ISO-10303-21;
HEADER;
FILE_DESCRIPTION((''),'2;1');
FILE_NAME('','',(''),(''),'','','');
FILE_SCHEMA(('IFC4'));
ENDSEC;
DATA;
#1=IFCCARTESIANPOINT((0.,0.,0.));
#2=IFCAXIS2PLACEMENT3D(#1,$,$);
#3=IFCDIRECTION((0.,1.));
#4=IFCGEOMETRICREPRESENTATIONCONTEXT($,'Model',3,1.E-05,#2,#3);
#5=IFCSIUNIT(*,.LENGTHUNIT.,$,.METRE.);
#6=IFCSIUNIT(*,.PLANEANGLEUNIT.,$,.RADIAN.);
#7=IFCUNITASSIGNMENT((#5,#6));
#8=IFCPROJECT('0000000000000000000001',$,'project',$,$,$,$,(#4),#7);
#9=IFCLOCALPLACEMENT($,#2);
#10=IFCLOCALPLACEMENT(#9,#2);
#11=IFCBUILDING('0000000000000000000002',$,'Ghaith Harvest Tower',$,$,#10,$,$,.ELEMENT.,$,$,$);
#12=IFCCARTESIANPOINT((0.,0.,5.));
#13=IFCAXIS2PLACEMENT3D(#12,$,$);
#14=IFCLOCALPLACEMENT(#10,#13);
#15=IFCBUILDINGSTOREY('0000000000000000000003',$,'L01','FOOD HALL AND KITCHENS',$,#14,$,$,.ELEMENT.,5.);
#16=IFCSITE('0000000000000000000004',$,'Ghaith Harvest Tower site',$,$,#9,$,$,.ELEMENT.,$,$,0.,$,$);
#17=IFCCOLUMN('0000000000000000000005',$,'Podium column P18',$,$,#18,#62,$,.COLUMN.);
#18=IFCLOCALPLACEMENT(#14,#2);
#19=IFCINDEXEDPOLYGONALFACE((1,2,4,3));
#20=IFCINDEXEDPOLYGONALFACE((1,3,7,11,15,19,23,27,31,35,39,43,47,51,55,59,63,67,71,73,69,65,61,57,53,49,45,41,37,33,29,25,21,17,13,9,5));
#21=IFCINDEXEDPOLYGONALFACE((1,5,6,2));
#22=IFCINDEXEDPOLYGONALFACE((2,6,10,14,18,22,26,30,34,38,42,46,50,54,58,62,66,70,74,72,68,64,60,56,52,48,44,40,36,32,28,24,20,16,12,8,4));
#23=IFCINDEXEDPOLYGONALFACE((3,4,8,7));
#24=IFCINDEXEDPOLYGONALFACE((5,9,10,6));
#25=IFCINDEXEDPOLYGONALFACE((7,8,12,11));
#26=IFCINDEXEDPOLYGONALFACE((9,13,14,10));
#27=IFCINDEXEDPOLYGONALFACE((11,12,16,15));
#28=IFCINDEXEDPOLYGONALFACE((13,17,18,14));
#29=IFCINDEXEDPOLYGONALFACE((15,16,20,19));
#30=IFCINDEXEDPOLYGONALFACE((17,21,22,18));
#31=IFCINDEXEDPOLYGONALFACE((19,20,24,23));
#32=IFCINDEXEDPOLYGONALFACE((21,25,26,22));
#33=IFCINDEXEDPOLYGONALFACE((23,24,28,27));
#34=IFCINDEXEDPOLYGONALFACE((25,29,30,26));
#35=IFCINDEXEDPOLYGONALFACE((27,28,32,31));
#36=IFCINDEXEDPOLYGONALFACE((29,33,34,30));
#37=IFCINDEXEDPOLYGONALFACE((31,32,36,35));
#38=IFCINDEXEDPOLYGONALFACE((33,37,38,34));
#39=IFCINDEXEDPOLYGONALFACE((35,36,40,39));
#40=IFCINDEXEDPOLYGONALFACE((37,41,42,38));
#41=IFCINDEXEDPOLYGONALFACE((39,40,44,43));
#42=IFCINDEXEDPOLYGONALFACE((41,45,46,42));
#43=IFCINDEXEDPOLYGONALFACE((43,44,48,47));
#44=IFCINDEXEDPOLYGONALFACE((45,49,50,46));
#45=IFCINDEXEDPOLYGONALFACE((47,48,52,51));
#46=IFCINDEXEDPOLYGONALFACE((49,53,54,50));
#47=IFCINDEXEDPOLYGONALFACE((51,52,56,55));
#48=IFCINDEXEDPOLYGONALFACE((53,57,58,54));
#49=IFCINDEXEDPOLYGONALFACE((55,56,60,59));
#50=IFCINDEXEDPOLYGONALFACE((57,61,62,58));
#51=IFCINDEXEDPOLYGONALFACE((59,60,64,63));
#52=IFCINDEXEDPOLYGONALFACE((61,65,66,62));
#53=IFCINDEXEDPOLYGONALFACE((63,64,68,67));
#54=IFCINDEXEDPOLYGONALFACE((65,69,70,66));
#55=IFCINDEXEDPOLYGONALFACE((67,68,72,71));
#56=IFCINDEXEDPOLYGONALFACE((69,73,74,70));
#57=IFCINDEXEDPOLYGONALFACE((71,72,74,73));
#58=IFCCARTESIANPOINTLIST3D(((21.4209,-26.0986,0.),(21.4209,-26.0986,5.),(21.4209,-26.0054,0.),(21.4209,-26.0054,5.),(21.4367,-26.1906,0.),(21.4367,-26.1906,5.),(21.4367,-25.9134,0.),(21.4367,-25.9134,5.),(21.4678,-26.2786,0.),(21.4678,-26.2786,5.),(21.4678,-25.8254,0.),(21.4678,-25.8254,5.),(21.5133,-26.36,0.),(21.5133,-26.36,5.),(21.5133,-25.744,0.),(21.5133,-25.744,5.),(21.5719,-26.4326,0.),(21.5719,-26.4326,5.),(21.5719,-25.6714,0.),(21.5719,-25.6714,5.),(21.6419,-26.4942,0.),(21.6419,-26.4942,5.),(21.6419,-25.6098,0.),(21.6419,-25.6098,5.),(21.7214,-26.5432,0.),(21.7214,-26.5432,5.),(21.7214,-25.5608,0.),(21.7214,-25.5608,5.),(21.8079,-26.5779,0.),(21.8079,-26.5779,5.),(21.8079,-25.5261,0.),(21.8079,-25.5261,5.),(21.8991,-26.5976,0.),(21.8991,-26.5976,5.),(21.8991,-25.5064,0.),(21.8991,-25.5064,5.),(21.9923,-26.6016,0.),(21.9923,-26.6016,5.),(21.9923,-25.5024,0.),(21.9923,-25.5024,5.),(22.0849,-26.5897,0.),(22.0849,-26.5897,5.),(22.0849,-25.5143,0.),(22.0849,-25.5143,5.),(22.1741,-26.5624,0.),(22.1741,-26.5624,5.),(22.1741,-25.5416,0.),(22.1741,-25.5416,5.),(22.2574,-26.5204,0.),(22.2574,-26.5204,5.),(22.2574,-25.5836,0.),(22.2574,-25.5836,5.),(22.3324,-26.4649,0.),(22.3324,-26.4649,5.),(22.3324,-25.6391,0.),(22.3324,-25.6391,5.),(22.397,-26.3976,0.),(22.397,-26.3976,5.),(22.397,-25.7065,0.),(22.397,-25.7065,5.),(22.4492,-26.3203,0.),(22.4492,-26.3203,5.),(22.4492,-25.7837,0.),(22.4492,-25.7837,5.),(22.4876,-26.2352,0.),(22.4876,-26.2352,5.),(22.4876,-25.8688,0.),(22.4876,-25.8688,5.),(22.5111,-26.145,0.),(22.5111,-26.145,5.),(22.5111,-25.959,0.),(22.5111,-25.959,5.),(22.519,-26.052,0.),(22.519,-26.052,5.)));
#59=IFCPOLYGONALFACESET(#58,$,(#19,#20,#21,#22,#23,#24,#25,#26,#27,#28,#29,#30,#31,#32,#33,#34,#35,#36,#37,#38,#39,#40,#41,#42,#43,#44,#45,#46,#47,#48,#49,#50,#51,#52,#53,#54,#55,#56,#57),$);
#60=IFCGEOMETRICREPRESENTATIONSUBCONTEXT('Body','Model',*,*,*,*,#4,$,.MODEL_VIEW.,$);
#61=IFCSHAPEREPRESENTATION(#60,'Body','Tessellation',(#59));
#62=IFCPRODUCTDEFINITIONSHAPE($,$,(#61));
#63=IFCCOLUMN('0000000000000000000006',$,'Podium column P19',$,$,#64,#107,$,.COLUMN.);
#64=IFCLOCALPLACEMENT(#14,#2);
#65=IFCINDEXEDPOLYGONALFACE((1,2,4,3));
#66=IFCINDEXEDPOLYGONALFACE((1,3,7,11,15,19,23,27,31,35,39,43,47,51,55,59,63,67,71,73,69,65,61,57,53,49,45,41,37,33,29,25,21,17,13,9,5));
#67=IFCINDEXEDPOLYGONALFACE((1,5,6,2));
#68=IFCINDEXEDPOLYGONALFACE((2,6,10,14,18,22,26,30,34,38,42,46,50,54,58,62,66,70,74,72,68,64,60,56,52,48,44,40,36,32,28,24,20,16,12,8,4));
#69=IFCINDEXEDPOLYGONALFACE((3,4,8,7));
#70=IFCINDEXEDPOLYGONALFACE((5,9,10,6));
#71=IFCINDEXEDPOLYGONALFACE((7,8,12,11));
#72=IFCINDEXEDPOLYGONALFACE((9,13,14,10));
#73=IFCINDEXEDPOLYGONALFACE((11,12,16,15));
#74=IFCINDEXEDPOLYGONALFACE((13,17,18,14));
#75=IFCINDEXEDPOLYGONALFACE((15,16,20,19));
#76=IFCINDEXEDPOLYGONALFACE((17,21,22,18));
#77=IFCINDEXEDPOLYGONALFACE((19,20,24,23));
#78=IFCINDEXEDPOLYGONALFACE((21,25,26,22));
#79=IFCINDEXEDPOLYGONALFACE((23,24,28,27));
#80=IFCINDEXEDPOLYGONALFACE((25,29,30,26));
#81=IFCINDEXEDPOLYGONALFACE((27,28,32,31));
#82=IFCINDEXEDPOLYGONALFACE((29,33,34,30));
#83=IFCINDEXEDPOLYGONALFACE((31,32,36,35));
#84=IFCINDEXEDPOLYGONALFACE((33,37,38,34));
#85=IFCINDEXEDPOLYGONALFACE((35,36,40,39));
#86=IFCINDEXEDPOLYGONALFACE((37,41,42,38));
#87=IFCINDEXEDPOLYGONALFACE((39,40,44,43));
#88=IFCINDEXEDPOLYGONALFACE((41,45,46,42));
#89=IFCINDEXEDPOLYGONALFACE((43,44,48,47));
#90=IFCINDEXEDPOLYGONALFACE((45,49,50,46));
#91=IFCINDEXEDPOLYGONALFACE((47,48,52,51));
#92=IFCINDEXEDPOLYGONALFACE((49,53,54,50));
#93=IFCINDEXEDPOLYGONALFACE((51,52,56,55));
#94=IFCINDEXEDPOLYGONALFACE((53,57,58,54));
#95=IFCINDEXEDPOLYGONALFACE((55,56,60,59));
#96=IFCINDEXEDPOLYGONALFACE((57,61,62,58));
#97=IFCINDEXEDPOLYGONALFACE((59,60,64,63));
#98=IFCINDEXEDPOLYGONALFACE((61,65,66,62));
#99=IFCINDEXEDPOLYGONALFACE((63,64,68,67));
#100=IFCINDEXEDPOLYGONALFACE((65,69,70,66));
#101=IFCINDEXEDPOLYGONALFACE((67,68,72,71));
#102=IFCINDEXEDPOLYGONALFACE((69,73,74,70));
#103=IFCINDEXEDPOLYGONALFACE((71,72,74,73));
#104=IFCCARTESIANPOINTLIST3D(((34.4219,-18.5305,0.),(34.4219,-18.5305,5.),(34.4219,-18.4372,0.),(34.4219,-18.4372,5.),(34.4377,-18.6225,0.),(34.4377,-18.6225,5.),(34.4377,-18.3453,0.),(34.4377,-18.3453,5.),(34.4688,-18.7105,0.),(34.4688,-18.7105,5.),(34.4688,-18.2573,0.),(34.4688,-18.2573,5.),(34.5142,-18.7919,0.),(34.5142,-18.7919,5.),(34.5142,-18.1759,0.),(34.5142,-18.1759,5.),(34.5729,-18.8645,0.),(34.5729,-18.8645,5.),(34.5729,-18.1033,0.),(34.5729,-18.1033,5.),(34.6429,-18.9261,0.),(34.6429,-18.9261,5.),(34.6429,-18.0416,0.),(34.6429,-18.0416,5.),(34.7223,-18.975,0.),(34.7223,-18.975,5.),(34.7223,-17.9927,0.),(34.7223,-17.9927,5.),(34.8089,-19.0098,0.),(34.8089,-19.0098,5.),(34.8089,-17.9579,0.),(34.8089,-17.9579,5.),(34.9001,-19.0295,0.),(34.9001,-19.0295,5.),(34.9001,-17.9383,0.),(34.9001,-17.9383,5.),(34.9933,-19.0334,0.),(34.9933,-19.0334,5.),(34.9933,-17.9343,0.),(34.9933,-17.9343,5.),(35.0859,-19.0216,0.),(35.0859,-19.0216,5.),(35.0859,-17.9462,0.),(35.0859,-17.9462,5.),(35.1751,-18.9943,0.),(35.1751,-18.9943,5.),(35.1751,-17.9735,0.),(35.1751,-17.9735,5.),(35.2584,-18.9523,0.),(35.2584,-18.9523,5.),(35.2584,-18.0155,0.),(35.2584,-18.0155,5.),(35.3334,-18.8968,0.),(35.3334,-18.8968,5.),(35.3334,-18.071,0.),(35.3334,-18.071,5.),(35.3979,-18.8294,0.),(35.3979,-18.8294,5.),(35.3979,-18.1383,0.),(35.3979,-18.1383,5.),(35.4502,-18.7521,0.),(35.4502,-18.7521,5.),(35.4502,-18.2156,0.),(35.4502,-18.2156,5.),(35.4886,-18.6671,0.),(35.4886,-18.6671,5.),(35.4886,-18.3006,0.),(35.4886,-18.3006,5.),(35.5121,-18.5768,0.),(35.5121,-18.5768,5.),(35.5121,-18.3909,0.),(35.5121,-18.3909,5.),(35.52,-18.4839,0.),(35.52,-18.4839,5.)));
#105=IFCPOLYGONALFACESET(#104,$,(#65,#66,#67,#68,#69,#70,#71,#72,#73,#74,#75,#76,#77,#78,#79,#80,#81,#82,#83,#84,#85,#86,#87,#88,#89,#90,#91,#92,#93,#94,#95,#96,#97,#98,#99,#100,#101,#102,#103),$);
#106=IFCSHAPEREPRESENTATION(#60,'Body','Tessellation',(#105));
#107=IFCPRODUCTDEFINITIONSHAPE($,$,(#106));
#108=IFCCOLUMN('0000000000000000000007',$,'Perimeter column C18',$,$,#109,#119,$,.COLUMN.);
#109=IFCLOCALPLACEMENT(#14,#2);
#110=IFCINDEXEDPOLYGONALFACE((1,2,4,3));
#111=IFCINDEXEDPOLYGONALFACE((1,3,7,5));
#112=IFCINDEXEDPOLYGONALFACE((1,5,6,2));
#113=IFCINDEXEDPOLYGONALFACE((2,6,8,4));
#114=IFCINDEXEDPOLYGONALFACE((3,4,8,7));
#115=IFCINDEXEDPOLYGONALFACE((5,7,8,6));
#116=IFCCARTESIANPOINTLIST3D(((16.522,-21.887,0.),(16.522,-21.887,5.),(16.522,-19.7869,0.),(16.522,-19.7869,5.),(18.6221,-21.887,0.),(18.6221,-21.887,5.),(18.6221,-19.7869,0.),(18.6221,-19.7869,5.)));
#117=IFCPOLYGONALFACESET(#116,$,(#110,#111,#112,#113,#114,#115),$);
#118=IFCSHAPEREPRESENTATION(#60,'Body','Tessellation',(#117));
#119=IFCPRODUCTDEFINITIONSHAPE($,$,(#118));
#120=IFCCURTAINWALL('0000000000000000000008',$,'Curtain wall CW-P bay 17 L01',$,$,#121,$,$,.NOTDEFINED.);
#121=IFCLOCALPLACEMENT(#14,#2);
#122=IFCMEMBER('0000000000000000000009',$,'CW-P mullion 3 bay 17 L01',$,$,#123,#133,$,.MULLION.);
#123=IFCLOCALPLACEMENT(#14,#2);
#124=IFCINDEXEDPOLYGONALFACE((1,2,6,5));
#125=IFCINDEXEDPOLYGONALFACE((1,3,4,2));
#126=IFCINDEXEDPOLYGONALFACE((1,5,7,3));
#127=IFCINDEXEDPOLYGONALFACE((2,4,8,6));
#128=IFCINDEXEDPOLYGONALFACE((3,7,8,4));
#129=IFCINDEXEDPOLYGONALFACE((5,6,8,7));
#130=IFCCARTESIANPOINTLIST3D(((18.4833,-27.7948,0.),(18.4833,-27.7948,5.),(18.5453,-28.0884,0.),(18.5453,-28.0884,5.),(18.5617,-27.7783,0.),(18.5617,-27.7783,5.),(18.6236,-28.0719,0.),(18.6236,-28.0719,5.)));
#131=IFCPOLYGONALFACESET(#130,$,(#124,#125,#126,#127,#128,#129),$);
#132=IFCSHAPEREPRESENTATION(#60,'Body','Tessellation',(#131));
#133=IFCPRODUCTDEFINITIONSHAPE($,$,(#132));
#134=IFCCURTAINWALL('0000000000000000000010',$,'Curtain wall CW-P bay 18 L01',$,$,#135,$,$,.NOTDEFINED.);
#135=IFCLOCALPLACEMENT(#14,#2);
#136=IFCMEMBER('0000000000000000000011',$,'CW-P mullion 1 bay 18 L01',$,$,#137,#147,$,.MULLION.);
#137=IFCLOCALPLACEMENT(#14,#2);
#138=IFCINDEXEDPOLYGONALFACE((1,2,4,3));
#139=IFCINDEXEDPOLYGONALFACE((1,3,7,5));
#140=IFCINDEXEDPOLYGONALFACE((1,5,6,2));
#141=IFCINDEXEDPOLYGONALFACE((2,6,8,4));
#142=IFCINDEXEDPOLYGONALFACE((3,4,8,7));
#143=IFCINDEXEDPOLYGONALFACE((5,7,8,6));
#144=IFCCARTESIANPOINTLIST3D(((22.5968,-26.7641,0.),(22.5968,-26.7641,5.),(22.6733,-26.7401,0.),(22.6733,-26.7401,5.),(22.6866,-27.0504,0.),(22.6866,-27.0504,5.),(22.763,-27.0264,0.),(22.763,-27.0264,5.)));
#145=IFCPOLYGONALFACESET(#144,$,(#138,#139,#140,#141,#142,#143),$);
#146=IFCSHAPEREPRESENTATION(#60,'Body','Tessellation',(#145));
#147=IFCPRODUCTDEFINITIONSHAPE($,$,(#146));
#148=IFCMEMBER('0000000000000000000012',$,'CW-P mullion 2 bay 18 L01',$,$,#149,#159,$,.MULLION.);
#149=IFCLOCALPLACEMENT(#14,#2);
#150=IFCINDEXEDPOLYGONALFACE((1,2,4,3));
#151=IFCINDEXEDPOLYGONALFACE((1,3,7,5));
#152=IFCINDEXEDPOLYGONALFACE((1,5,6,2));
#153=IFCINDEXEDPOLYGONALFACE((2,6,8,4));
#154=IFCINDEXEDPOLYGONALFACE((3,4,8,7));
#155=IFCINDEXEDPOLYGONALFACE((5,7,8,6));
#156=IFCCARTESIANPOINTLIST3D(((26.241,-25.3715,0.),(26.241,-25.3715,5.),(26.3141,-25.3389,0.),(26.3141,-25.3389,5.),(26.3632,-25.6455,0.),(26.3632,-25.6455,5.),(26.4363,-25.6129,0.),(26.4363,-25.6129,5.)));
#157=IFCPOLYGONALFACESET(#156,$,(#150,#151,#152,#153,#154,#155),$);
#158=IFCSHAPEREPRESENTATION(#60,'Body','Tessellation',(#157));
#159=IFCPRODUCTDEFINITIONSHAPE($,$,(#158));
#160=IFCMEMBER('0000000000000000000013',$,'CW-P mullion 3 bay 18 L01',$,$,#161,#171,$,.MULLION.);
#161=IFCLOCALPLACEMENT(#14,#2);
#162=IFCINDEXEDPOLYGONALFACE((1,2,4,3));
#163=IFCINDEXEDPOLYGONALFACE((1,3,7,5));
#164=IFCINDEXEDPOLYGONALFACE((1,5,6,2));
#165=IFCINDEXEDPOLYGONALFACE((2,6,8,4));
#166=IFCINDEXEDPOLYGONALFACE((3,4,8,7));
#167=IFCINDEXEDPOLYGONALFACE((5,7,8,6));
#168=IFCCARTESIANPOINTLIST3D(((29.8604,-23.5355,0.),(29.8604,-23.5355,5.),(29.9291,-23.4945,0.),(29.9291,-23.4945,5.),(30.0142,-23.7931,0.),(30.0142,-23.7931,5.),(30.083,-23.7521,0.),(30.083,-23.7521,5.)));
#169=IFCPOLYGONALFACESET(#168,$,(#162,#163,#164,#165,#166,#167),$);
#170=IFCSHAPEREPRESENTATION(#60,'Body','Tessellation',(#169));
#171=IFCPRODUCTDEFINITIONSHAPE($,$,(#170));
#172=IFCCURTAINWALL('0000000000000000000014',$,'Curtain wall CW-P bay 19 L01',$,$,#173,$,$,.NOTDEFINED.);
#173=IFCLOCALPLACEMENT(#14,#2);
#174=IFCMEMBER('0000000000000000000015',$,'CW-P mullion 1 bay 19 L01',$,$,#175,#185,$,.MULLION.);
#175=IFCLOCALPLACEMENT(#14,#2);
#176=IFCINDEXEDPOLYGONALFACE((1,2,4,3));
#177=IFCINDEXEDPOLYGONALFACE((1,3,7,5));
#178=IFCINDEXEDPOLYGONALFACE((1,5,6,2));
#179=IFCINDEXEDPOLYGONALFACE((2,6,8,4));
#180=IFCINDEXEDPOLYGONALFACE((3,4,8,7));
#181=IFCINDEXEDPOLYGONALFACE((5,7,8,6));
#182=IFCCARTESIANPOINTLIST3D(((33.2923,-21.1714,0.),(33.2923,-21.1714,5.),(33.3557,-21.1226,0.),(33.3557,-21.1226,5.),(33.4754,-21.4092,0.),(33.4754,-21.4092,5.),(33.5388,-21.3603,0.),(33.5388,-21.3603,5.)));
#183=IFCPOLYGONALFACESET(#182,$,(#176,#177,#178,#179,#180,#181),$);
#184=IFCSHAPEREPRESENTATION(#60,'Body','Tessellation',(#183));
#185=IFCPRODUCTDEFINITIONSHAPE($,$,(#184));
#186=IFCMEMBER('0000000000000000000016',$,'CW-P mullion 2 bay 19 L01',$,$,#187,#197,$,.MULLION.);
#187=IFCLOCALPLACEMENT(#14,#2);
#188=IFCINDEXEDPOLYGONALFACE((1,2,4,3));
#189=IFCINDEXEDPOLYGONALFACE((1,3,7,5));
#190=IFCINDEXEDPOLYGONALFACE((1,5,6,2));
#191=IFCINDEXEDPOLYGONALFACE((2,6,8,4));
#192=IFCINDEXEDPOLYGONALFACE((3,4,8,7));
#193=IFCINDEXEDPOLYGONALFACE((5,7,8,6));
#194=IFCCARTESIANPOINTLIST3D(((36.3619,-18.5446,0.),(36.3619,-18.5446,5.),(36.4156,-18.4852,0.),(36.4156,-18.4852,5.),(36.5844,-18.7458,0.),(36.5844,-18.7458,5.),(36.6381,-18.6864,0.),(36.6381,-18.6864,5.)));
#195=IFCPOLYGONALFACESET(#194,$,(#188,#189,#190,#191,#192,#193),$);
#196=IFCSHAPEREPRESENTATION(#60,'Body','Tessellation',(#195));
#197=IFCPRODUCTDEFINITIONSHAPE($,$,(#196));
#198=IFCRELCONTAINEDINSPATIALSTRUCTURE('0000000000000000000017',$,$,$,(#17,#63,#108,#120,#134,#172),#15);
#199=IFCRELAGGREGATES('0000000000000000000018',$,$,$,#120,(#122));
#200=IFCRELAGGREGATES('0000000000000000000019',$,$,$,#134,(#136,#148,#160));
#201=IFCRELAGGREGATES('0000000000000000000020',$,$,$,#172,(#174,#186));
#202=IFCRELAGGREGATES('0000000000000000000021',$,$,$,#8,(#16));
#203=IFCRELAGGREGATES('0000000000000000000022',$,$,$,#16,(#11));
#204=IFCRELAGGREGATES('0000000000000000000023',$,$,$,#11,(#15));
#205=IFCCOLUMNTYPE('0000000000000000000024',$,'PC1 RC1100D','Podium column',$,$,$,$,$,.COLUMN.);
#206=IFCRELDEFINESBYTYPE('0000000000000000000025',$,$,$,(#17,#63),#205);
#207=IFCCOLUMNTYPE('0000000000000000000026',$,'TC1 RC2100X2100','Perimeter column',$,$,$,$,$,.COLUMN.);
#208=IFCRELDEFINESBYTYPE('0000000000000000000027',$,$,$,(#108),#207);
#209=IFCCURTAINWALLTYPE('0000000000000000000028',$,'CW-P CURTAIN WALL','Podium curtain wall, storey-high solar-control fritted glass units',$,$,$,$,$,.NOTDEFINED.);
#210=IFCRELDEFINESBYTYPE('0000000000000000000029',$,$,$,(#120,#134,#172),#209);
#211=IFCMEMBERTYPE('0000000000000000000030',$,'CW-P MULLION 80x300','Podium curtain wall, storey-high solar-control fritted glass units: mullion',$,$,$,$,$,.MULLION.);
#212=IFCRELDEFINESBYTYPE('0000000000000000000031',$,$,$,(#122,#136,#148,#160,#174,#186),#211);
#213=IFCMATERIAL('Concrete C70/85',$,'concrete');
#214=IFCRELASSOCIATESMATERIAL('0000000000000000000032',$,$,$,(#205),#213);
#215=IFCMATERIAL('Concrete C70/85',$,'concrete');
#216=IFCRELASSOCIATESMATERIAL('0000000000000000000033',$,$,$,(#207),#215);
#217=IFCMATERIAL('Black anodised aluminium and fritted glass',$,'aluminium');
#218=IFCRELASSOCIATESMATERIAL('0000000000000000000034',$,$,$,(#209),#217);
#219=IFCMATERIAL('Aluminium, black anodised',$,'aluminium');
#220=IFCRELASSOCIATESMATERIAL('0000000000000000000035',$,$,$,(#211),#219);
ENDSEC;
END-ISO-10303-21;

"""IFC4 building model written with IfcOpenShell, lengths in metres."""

from ifc_helpers import new_model, si_unit, direction, frame, origin, origin_2d, place, context, subcontext, project, spatial, rectangle, circle, extrude, material, material_profile, profile_set, type_object, element, aggregate, save


model = new_model("IFC4")

# Units and contexts
model_context = context("Model", 3, precision=1e-05, world=origin(), true_north=direction((0.0, 1.0)))
body_context = subcontext(model_context, "Body", "Model", "MODEL_VIEW")
ifc_project = project(units=[si_unit("LENGTHUNIT", "METRE"), si_unit("PLANEANGLEUNIT", "RADIAN")], contexts=[model_context])

# Site, building, storey
site_placement = place(None, origin())
site = spatial("IfcSite", under=ifc_project, at=site_placement, Name="Ghaith Harvest Tower site", CompositionType="ELEMENT", RefElevation=0.0)
building_placement = place(site_placement, origin())
building = spatial("IfcBuilding", under=site, at=building_placement, Name="Ghaith Harvest Tower", CompositionType="ELEMENT")
storey_placement = place(building_placement, frame((0.0, 0.0, 5.0)))
storey = spatial("IfcBuildingStorey", under=building, at=storey_placement, Name="L01", Description="FOOD HALL AND KITCHENS", CompositionType="ELEMENT", Elevation=5.0)

# Columns
ifc_material_1 = material(Name="Concrete C70/85", Category="concrete")
ifc_material_profile_1 = material_profile(ifc_material_1, circle(Radius=0.55, at=origin_2d()), Name="RC1100D")
ifc_profile_set_1 = profile_set([ifc_material_profile_1], Name="Concrete C70/85")
column_type_1 = type_object("IfcColumnType", Name="PC1 RC1100D", Description="Podium column", PredefinedType="COLUMN", material=ifc_profile_set_1)
for number, where, z_axis, x_axis, name in (
    (1, (21.969, -26.052, 0.0), (0.0, 0.0, 1.0), (1.0, 0.0, 0.0), "Podium column P18"),
    (2, (34.97, -18.4839, 0.0), (0.0, 0.0, 1.0), (1.0, 0.0, 0.0), "Podium column P19"),
):
    element("IfcColumn", number, at=place(storey_placement, frame(where, z_axis=z_axis, x_axis=x_axis)), inside=storey, type_object=column_type_1, Name=name, PredefinedType="COLUMN", context=body_context, shape_type="SweptSolid", body=[
        extrude(circle(Radius=0.55, at=origin_2d()), origin(), (0.0, 0.0, 1.0), 5.0),
    ])
ifc_material_2 = material(Name="Concrete C70/85", Category="concrete")
ifc_material_profile_2 = material_profile(ifc_material_2, rectangle(XDim=2.1001, YDim=2.1001, at=origin_2d()), Name="RC2100X2100")
ifc_profile_set_2 = profile_set([ifc_material_profile_2], Name="Concrete C70/85")
column_type_2 = type_object("IfcColumnType", Name="TC1 RC2100X2100", Description="Perimeter column", PredefinedType="COLUMN", material=ifc_profile_set_2)
column_placement = place(storey_placement, frame((17.572, -20.8369, 0.0), z_axis=(0.0, 0.0, 1.0), x_axis=(1.0, 0.0, 0.0)))
element("IfcColumn", 3, at=column_placement, inside=storey, type_object=column_type_2, Name="Perimeter column C18", PredefinedType="COLUMN", context=body_context, shape_type="SweptSolid", body=[
    extrude(rectangle(XDim=2.1001, YDim=2.1001, at=origin_2d()), origin(), (0.0, 0.0, 1.0), 5.0),
])

# Curtain wall, member
ifc_material_3 = material(Name="Black anodised aluminium and fritted glass", Category="aluminium")
curtain_wall_type = type_object("IfcCurtainWallType", Name="CW-P CURTAIN WALL", Description="Podium curtain wall, storey-high solar-control fritted glass units", PredefinedType="NOTDEFINED", material=ifc_material_3)
curtain_wall_1_placement = place(storey_placement, origin())
curtain_wall_1 = element("IfcCurtainWall", 4, at=curtain_wall_1_placement, inside=storey, type_object=curtain_wall_type, Name="Curtain wall CW-P bay 17 L01", PredefinedType="NOTDEFINED")
ifc_material_4 = material(Name="Aluminium, black anodised", Category="aluminium")
ifc_material_profile_3 = material_profile(ifc_material_4, rectangle(XDim=0.0801, YDim=0.3, at=origin_2d()), Name="CW-P MULLION 80x300")
ifc_profile_set_3 = profile_set([ifc_material_profile_3], Name="Aluminium, black anodised")
member_type_1 = type_object("IfcMemberType", Name="CW-P MULLION 80x300", Description="Podium curtain wall, storey-high solar-control fritted glass units: mullion", PredefinedType="MULLION", material=ifc_profile_set_3)
member_1_placement = place(storey_placement, frame((18.5535, -27.9333, 0.0), z_axis=(0.0, 0.0, 1.0), x_axis=(0.978449, 0.20649, 0.0)))
member_1 = element("IfcMember", 5, at=member_1_placement, type_object=member_type_1, Name="CW-P mullion 3 bay 17 L01", PredefinedType="MULLION", context=body_context, shape_type="SweptSolid", body=[
    extrude(rectangle(XDim=0.0801, YDim=0.3, at=origin_2d()), origin(), (0.0, 0.0, 1.0), 5.0),
])

# Curtain walls, members
curtain_wall_2_placement = place(storey_placement, origin())
curtain_wall_2 = element("IfcCurtainWall", 6, at=curtain_wall_2_placement, inside=storey, type_object=curtain_wall_type, Name="Curtain wall CW-P bay 18 L01", PredefinedType="NOTDEFINED")
member_2_placement = place(storey_placement, frame((22.6799, -26.8953, 0.0), z_axis=(0.0, 0.0, 1.0), x_axis=(0.954194, 0.299188, 0.0)))
member_2 = element("IfcMember", 7, at=member_2_placement, type_object=member_type_1, Name="CW-P mullion 1 bay 18 L01", PredefinedType="MULLION", context=body_context, shape_type="SweptSolid", body=[
    extrude(rectangle(XDim=0.0801, YDim=0.3, at=origin_2d()), origin(), (0.0, 0.0, 1.0), 5.0),
])
member_3_placement = place(storey_placement, frame((26.3386, -25.4922, 0.0), z_axis=(0.0, 0.0, 1.0), x_axis=(0.913314, 0.407257, 0.0)))
member_3 = element("IfcMember", 8, at=member_3_placement, type_object=member_type_1, Name="CW-P mullion 2 bay 18 L01", PredefinedType="MULLION", context=body_context, shape_type="SweptSolid", body=[
    extrude(rectangle(XDim=0.0801, YDim=0.3, at=origin_2d()), origin(), (0.0, 0.0, 1.0), 5.0),
])
member_4_placement = place(storey_placement, frame((29.9717, -23.6438, 0.0), z_axis=(0.0, 0.0, 1.0), x_axis=(0.858547, 0.512735, 0.0)))
member_4 = element("IfcMember", 9, at=member_4_placement, type_object=member_type_1, Name="CW-P mullion 3 bay 18 L01", PredefinedType="MULLION", context=body_context, shape_type="SweptSolid", body=[
    extrude(rectangle(XDim=0.0801, YDim=0.3, at=origin_2d()), origin(), (0.0, 0.0, 1.0), 5.0),
])
curtain_wall_3_placement = place(storey_placement, origin())
curtain_wall_3 = element("IfcCurtainWall", 10, at=curtain_wall_3_placement, inside=storey, type_object=curtain_wall_type, Name="Curtain wall CW-P bay 19 L01", PredefinedType="NOTDEFINED")
member_5_placement = place(storey_placement, frame((33.4155, -21.2659, 0.0), z_axis=(0.0, 0.0, 1.0), x_axis=(0.792243, 0.610206, 0.0)))
member_5 = element("IfcMember", 11, at=member_5_placement, type_object=member_type_1, Name="CW-P mullion 1 bay 19 L01", PredefinedType="MULLION", context=body_context, shape_type="SweptSolid", body=[
    extrude(rectangle(XDim=0.0801, YDim=0.3, at=origin_2d()), origin(), (0.0, 0.0, 1.0), 5.0),
])
member_6_placement = place(storey_placement, frame((36.5, -18.6155, 0.0), z_axis=(0.0, 0.0, 1.0), x_axis=(0.670572, 0.741845, 0.0)))
member_6 = element("IfcMember", 12, at=member_6_placement, type_object=member_type_1, Name="CW-P mullion 2 bay 19 L01", PredefinedType="MULLION", context=body_context, shape_type="SweptSolid", body=[
    extrude(rectangle(XDim=0.0801, YDim=0.3, at=origin_2d()), origin(), (0.0, 0.0, 1.0), 5.0),
])

aggregate(curtain_wall_1, [member_1])
aggregate(curtain_wall_2, [member_2, member_3, member_4])
aggregate(curtain_wall_3, [member_5, member_6])

save(model, "model.ifc")
